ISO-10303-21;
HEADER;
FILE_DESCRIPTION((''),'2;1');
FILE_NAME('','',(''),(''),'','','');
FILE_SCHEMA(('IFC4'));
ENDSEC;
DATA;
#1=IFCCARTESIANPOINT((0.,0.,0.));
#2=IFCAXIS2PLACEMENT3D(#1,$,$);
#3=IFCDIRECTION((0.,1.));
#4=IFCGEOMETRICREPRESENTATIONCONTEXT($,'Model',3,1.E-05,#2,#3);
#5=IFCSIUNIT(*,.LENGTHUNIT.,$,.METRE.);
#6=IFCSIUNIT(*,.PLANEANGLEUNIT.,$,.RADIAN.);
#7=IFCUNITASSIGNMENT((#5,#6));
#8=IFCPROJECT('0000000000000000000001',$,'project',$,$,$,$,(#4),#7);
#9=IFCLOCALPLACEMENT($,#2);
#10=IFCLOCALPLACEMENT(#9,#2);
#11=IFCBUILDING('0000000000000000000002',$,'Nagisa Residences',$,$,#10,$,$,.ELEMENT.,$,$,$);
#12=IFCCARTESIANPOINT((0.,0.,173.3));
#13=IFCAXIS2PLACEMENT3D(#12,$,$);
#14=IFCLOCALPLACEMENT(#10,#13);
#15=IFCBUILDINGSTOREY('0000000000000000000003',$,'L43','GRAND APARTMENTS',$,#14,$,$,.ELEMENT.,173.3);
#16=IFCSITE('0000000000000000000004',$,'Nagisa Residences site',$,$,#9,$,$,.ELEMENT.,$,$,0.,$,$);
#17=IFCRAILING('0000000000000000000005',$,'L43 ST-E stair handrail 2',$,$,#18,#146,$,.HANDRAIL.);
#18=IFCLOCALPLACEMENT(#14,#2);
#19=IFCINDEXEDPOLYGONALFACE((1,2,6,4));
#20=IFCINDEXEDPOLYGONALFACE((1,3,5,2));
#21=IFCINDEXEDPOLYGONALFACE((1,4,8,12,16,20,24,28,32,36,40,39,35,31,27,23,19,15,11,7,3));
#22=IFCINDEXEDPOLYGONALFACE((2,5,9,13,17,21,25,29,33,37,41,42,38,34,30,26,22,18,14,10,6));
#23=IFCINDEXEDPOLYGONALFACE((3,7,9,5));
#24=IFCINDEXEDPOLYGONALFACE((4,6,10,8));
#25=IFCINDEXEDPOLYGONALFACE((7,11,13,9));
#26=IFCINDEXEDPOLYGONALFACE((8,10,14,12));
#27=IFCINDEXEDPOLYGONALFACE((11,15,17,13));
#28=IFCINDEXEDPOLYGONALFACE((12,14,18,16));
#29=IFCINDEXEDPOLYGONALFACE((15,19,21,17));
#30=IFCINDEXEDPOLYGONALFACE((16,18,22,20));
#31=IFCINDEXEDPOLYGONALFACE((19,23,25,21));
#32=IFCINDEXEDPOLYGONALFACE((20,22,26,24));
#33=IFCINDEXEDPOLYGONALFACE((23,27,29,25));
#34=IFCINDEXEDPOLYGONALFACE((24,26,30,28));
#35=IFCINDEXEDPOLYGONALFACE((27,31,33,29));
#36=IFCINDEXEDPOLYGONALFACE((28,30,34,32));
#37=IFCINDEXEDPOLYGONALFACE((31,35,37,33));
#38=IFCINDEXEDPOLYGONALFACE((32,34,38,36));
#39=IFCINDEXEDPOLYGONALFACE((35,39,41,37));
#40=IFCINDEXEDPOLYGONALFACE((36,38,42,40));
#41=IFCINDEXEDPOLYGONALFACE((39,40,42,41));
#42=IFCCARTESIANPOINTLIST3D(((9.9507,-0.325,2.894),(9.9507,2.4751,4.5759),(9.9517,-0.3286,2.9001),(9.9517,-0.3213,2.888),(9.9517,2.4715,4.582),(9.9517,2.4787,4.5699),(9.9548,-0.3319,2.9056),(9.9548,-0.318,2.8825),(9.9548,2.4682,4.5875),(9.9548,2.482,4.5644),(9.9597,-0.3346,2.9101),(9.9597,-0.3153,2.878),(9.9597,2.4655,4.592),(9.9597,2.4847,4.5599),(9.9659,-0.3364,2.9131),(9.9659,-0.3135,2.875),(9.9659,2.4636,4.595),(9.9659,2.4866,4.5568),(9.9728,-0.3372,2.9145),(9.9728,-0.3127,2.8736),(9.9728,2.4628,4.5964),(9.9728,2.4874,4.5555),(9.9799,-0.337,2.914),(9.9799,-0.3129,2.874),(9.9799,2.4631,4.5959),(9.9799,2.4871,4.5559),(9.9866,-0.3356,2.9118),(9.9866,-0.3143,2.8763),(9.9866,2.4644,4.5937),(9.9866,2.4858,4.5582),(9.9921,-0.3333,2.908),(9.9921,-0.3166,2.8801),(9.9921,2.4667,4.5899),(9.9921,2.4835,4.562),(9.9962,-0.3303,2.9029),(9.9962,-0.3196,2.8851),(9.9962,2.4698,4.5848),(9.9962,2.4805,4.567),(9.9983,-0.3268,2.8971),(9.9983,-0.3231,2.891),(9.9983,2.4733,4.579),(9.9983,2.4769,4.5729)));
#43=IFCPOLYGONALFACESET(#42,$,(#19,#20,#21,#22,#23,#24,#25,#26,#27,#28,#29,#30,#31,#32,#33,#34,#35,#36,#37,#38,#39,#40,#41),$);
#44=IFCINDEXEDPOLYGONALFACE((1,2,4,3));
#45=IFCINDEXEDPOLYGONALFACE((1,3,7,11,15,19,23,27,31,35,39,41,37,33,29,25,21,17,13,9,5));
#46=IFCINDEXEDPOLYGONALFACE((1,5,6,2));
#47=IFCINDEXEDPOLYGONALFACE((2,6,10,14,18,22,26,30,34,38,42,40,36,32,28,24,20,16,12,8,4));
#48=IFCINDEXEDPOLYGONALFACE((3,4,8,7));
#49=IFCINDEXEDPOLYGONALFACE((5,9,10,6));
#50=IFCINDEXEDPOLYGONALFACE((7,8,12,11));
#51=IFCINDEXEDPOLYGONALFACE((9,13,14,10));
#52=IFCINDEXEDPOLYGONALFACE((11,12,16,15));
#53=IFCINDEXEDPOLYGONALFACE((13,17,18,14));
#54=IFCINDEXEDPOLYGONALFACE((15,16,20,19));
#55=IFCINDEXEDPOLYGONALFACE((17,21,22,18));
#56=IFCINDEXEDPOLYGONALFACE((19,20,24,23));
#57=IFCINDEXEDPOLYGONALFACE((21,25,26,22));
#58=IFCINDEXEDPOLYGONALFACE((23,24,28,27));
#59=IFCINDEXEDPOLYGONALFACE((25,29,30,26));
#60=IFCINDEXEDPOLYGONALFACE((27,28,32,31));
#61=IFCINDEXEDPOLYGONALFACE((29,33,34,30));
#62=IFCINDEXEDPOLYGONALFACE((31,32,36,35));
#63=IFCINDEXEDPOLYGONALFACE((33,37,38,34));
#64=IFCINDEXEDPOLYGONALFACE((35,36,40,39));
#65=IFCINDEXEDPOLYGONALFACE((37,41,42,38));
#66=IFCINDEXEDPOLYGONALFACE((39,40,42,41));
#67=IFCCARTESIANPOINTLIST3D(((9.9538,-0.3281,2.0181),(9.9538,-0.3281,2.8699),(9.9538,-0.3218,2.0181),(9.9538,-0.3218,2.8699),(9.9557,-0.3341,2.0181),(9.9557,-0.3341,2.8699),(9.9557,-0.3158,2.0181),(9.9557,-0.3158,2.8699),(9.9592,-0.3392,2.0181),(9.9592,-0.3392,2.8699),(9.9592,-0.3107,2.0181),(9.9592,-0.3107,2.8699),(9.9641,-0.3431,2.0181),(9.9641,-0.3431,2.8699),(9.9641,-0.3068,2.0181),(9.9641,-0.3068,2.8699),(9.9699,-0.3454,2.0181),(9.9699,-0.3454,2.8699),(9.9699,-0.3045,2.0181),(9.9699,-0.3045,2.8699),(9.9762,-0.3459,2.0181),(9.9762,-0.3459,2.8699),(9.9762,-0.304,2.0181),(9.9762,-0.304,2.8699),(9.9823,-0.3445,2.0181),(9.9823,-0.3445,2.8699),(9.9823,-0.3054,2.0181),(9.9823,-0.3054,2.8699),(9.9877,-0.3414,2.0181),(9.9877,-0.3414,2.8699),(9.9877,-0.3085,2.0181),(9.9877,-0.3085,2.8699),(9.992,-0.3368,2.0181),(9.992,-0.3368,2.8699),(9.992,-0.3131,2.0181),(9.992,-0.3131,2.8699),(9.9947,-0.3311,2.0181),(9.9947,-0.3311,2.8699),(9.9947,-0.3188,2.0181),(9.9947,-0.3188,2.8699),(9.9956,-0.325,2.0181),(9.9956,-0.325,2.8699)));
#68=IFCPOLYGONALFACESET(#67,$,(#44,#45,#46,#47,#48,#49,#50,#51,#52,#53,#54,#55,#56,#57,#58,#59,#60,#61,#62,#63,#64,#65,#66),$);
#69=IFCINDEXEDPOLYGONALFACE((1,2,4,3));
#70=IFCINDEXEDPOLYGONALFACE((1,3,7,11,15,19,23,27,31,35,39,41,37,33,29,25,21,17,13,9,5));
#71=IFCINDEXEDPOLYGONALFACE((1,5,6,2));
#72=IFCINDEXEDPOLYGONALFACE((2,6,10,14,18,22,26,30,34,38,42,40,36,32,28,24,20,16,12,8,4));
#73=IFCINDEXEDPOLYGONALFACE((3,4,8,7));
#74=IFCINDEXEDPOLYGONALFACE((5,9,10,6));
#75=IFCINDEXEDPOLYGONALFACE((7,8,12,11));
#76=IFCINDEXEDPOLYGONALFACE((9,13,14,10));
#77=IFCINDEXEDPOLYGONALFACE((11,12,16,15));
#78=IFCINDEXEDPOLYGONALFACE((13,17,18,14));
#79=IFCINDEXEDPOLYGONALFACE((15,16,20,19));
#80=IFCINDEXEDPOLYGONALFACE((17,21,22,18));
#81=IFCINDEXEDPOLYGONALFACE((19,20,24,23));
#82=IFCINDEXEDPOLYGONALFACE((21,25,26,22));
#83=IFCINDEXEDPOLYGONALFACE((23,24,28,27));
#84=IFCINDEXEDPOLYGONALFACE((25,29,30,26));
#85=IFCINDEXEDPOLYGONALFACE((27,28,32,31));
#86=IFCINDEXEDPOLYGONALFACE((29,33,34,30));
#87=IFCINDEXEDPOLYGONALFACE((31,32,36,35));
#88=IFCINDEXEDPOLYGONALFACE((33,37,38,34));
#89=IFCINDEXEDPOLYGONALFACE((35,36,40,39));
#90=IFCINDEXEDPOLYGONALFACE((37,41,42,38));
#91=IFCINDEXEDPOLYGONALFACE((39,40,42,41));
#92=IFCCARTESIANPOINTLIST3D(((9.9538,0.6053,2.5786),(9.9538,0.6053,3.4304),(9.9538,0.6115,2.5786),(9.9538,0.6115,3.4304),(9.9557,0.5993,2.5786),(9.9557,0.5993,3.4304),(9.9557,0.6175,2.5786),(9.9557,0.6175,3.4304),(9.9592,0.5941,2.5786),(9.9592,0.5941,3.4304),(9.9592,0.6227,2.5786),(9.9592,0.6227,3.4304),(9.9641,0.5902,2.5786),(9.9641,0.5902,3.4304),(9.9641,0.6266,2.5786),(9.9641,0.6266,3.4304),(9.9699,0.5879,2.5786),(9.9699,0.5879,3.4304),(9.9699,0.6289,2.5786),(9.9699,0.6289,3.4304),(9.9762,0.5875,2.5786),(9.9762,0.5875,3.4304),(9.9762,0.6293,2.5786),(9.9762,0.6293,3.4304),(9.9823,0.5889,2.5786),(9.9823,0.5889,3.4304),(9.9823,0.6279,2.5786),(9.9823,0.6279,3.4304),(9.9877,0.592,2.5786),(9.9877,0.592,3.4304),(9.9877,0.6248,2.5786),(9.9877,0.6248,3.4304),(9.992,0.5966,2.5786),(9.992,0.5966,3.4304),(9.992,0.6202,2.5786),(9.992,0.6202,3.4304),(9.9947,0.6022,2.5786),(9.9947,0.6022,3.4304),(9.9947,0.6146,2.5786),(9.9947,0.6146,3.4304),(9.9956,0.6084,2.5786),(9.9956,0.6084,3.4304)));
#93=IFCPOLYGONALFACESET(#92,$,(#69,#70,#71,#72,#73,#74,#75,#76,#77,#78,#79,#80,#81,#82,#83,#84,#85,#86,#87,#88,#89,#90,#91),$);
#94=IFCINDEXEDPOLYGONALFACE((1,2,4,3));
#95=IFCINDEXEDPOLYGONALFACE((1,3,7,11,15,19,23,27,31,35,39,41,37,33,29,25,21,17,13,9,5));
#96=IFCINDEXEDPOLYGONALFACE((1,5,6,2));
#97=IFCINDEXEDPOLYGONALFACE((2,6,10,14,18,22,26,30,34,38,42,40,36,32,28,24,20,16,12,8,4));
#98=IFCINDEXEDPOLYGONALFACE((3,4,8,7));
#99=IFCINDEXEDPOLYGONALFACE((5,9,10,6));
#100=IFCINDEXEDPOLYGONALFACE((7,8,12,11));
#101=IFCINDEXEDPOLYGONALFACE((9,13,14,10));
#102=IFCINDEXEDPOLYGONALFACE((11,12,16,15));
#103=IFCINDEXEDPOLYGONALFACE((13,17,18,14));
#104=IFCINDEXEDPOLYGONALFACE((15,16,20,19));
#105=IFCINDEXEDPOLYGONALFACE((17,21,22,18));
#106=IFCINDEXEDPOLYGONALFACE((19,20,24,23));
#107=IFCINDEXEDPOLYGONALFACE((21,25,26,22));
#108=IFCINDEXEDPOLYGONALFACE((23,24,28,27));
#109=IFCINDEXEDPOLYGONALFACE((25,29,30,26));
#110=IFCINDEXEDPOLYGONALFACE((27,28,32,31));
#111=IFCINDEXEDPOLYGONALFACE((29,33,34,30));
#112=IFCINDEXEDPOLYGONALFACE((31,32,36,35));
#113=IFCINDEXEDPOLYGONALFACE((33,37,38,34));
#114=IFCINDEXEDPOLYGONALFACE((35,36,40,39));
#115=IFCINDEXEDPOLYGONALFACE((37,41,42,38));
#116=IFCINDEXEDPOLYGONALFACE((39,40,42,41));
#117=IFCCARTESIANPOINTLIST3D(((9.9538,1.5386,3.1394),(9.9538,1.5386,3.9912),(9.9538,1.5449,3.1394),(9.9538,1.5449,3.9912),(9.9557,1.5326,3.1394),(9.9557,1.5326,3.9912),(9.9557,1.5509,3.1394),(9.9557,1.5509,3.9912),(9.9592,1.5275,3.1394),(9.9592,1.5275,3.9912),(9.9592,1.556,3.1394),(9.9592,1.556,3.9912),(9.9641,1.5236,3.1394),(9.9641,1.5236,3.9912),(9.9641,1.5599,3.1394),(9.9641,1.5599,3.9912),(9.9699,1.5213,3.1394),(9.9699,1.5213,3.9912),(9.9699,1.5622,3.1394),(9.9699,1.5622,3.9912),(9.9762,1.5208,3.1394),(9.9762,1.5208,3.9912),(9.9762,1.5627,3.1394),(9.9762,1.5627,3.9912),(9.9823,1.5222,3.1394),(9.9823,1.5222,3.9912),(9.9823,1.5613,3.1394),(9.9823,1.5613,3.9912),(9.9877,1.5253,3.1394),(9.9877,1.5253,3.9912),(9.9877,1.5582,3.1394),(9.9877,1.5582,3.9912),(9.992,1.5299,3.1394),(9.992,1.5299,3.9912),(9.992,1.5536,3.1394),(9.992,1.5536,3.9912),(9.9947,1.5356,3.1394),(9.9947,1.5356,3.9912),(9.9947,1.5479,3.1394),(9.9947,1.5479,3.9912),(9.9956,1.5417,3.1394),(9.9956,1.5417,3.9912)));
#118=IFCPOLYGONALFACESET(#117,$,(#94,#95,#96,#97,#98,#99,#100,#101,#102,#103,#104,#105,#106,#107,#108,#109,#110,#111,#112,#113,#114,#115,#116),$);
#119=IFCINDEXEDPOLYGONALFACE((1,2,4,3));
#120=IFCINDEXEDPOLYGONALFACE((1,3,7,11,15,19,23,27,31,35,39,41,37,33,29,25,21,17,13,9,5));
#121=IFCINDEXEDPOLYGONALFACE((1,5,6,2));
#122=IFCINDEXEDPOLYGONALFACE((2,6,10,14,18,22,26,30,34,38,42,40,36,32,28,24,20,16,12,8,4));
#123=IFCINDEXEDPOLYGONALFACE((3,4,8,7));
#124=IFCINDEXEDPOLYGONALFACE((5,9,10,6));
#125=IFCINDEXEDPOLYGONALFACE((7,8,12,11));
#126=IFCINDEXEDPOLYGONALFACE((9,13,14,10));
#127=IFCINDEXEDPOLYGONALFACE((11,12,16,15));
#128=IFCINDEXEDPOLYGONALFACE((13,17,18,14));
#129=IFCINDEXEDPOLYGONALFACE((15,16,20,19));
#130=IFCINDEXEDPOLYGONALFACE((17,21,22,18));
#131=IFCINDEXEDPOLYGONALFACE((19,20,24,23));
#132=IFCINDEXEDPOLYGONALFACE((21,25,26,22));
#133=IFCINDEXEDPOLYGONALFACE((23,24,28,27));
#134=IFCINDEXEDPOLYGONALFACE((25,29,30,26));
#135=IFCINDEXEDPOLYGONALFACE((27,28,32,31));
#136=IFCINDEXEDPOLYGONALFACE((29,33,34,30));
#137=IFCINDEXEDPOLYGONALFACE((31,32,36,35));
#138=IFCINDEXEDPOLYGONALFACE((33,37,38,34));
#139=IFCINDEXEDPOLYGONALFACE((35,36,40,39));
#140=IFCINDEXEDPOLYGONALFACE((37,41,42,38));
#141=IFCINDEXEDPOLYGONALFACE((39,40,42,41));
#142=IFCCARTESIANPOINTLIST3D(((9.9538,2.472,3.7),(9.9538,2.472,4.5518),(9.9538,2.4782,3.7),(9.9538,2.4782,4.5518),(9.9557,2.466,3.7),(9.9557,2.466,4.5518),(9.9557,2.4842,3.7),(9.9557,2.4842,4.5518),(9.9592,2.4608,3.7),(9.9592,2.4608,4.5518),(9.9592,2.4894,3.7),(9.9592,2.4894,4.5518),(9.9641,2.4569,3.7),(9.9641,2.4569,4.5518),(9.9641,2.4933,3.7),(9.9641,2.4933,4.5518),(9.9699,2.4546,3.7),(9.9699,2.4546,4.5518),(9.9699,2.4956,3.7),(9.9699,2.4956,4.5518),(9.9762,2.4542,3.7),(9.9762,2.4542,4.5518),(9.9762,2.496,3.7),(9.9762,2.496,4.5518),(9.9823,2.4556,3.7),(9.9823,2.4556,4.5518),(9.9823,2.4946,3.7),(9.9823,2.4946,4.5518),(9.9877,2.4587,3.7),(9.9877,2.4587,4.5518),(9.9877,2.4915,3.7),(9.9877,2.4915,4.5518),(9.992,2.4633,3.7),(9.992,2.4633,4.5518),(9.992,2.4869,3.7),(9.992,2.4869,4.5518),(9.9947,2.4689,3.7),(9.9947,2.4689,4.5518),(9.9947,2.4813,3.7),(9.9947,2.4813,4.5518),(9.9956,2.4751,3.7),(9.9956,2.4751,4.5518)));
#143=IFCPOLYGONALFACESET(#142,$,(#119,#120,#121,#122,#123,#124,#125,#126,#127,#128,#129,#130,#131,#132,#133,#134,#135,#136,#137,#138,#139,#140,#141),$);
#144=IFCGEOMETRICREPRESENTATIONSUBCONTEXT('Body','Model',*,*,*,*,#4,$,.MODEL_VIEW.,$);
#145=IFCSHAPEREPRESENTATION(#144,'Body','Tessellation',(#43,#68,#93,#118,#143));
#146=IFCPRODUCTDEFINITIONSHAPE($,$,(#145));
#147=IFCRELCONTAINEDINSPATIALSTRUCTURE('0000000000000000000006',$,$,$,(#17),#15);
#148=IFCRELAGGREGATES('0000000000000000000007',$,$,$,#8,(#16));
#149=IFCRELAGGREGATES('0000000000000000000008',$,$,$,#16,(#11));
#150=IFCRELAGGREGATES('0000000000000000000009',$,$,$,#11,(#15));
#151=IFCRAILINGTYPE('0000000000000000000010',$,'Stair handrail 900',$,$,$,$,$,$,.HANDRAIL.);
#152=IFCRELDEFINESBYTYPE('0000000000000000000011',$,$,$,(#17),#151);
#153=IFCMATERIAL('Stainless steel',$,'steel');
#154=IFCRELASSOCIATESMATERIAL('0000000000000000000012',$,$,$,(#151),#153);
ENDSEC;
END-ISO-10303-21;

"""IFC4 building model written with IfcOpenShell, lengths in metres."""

from ifc_helpers import new_model, si_unit, direction, frame, origin, origin_2d, place, context, subcontext, project, spatial, circle, extrude, material, type_object, element, save


model = new_model("IFC4")

# Units and contexts
model_context = context("Model", 3, precision=1e-05, world=origin(), true_north=direction((0.0, 1.0)))
body_context = subcontext(model_context, "Body", "Model", "MODEL_VIEW")
ifc_project = project(units=[si_unit("LENGTHUNIT", "METRE"), si_unit("PLANEANGLEUNIT", "RADIAN")], contexts=[model_context])

# Site, building, storey
site_placement = place(None, origin())
site = spatial("IfcSite", under=ifc_project, at=site_placement, Name="Nagisa Residences site", CompositionType="ELEMENT", RefElevation=0.0)
building_placement = place(site_placement, origin())
building = spatial("IfcBuilding", under=site, at=building_placement, Name="Nagisa Residences", CompositionType="ELEMENT")
storey_placement = place(building_placement, frame((0.0, 0.0, 173.3)))
storey = spatial("IfcBuildingStorey", under=building, at=storey_placement, Name="L43", Description="GRAND APARTMENTS", CompositionType="ELEMENT", Elevation=173.3)

# Railing
ifc_material_1 = material(Name="Stainless steel", Category="steel")
railing_type_1 = type_object("IfcRailingType", Name="Stair handrail 900", PredefinedType="HANDRAIL", material=ifc_material_1)
railing_1_placement = place(storey_placement, frame((9.9746, -0.325, 2.0181)))
element("IfcRailing", 1, at=railing_1_placement, inside=storey, type_object=railing_type_1, Name="L43 ST-E stair handrail 2", PredefinedType="HANDRAIL", context=body_context, shape_type="SweptSolid", body=[
    extrude(circle(Radius=0.0239, at=origin_2d()), frame((0.0, 0.0, 0.876), z_axis=(0.0, 0.857242, 0.514913), x_axis=(-1.0, 0.0, 0.0)), (0.0, 0.0, 1.0), 3.2664),
    extrude(circle(Radius=0.021, at=origin_2d()), origin(), (0.0, 0.0, 1.0), 0.8518),
    extrude(circle(Radius=0.021, at=origin_2d()), frame((0.0, 0.9333, 0.5605)), (0.0, 0.0, 1.0), 0.8518),
    extrude(circle(Radius=0.021, at=origin_2d()), frame((0.0, 1.8667, 1.1213)), (0.0, 0.0, 1.0), 0.8518),
    extrude(circle(Radius=0.021, at=origin_2d()), frame((0.0, 2.8, 1.6819)), (0.0, 0.0, 1.0), 0.8518),
])

save(model, "model.ifc")
